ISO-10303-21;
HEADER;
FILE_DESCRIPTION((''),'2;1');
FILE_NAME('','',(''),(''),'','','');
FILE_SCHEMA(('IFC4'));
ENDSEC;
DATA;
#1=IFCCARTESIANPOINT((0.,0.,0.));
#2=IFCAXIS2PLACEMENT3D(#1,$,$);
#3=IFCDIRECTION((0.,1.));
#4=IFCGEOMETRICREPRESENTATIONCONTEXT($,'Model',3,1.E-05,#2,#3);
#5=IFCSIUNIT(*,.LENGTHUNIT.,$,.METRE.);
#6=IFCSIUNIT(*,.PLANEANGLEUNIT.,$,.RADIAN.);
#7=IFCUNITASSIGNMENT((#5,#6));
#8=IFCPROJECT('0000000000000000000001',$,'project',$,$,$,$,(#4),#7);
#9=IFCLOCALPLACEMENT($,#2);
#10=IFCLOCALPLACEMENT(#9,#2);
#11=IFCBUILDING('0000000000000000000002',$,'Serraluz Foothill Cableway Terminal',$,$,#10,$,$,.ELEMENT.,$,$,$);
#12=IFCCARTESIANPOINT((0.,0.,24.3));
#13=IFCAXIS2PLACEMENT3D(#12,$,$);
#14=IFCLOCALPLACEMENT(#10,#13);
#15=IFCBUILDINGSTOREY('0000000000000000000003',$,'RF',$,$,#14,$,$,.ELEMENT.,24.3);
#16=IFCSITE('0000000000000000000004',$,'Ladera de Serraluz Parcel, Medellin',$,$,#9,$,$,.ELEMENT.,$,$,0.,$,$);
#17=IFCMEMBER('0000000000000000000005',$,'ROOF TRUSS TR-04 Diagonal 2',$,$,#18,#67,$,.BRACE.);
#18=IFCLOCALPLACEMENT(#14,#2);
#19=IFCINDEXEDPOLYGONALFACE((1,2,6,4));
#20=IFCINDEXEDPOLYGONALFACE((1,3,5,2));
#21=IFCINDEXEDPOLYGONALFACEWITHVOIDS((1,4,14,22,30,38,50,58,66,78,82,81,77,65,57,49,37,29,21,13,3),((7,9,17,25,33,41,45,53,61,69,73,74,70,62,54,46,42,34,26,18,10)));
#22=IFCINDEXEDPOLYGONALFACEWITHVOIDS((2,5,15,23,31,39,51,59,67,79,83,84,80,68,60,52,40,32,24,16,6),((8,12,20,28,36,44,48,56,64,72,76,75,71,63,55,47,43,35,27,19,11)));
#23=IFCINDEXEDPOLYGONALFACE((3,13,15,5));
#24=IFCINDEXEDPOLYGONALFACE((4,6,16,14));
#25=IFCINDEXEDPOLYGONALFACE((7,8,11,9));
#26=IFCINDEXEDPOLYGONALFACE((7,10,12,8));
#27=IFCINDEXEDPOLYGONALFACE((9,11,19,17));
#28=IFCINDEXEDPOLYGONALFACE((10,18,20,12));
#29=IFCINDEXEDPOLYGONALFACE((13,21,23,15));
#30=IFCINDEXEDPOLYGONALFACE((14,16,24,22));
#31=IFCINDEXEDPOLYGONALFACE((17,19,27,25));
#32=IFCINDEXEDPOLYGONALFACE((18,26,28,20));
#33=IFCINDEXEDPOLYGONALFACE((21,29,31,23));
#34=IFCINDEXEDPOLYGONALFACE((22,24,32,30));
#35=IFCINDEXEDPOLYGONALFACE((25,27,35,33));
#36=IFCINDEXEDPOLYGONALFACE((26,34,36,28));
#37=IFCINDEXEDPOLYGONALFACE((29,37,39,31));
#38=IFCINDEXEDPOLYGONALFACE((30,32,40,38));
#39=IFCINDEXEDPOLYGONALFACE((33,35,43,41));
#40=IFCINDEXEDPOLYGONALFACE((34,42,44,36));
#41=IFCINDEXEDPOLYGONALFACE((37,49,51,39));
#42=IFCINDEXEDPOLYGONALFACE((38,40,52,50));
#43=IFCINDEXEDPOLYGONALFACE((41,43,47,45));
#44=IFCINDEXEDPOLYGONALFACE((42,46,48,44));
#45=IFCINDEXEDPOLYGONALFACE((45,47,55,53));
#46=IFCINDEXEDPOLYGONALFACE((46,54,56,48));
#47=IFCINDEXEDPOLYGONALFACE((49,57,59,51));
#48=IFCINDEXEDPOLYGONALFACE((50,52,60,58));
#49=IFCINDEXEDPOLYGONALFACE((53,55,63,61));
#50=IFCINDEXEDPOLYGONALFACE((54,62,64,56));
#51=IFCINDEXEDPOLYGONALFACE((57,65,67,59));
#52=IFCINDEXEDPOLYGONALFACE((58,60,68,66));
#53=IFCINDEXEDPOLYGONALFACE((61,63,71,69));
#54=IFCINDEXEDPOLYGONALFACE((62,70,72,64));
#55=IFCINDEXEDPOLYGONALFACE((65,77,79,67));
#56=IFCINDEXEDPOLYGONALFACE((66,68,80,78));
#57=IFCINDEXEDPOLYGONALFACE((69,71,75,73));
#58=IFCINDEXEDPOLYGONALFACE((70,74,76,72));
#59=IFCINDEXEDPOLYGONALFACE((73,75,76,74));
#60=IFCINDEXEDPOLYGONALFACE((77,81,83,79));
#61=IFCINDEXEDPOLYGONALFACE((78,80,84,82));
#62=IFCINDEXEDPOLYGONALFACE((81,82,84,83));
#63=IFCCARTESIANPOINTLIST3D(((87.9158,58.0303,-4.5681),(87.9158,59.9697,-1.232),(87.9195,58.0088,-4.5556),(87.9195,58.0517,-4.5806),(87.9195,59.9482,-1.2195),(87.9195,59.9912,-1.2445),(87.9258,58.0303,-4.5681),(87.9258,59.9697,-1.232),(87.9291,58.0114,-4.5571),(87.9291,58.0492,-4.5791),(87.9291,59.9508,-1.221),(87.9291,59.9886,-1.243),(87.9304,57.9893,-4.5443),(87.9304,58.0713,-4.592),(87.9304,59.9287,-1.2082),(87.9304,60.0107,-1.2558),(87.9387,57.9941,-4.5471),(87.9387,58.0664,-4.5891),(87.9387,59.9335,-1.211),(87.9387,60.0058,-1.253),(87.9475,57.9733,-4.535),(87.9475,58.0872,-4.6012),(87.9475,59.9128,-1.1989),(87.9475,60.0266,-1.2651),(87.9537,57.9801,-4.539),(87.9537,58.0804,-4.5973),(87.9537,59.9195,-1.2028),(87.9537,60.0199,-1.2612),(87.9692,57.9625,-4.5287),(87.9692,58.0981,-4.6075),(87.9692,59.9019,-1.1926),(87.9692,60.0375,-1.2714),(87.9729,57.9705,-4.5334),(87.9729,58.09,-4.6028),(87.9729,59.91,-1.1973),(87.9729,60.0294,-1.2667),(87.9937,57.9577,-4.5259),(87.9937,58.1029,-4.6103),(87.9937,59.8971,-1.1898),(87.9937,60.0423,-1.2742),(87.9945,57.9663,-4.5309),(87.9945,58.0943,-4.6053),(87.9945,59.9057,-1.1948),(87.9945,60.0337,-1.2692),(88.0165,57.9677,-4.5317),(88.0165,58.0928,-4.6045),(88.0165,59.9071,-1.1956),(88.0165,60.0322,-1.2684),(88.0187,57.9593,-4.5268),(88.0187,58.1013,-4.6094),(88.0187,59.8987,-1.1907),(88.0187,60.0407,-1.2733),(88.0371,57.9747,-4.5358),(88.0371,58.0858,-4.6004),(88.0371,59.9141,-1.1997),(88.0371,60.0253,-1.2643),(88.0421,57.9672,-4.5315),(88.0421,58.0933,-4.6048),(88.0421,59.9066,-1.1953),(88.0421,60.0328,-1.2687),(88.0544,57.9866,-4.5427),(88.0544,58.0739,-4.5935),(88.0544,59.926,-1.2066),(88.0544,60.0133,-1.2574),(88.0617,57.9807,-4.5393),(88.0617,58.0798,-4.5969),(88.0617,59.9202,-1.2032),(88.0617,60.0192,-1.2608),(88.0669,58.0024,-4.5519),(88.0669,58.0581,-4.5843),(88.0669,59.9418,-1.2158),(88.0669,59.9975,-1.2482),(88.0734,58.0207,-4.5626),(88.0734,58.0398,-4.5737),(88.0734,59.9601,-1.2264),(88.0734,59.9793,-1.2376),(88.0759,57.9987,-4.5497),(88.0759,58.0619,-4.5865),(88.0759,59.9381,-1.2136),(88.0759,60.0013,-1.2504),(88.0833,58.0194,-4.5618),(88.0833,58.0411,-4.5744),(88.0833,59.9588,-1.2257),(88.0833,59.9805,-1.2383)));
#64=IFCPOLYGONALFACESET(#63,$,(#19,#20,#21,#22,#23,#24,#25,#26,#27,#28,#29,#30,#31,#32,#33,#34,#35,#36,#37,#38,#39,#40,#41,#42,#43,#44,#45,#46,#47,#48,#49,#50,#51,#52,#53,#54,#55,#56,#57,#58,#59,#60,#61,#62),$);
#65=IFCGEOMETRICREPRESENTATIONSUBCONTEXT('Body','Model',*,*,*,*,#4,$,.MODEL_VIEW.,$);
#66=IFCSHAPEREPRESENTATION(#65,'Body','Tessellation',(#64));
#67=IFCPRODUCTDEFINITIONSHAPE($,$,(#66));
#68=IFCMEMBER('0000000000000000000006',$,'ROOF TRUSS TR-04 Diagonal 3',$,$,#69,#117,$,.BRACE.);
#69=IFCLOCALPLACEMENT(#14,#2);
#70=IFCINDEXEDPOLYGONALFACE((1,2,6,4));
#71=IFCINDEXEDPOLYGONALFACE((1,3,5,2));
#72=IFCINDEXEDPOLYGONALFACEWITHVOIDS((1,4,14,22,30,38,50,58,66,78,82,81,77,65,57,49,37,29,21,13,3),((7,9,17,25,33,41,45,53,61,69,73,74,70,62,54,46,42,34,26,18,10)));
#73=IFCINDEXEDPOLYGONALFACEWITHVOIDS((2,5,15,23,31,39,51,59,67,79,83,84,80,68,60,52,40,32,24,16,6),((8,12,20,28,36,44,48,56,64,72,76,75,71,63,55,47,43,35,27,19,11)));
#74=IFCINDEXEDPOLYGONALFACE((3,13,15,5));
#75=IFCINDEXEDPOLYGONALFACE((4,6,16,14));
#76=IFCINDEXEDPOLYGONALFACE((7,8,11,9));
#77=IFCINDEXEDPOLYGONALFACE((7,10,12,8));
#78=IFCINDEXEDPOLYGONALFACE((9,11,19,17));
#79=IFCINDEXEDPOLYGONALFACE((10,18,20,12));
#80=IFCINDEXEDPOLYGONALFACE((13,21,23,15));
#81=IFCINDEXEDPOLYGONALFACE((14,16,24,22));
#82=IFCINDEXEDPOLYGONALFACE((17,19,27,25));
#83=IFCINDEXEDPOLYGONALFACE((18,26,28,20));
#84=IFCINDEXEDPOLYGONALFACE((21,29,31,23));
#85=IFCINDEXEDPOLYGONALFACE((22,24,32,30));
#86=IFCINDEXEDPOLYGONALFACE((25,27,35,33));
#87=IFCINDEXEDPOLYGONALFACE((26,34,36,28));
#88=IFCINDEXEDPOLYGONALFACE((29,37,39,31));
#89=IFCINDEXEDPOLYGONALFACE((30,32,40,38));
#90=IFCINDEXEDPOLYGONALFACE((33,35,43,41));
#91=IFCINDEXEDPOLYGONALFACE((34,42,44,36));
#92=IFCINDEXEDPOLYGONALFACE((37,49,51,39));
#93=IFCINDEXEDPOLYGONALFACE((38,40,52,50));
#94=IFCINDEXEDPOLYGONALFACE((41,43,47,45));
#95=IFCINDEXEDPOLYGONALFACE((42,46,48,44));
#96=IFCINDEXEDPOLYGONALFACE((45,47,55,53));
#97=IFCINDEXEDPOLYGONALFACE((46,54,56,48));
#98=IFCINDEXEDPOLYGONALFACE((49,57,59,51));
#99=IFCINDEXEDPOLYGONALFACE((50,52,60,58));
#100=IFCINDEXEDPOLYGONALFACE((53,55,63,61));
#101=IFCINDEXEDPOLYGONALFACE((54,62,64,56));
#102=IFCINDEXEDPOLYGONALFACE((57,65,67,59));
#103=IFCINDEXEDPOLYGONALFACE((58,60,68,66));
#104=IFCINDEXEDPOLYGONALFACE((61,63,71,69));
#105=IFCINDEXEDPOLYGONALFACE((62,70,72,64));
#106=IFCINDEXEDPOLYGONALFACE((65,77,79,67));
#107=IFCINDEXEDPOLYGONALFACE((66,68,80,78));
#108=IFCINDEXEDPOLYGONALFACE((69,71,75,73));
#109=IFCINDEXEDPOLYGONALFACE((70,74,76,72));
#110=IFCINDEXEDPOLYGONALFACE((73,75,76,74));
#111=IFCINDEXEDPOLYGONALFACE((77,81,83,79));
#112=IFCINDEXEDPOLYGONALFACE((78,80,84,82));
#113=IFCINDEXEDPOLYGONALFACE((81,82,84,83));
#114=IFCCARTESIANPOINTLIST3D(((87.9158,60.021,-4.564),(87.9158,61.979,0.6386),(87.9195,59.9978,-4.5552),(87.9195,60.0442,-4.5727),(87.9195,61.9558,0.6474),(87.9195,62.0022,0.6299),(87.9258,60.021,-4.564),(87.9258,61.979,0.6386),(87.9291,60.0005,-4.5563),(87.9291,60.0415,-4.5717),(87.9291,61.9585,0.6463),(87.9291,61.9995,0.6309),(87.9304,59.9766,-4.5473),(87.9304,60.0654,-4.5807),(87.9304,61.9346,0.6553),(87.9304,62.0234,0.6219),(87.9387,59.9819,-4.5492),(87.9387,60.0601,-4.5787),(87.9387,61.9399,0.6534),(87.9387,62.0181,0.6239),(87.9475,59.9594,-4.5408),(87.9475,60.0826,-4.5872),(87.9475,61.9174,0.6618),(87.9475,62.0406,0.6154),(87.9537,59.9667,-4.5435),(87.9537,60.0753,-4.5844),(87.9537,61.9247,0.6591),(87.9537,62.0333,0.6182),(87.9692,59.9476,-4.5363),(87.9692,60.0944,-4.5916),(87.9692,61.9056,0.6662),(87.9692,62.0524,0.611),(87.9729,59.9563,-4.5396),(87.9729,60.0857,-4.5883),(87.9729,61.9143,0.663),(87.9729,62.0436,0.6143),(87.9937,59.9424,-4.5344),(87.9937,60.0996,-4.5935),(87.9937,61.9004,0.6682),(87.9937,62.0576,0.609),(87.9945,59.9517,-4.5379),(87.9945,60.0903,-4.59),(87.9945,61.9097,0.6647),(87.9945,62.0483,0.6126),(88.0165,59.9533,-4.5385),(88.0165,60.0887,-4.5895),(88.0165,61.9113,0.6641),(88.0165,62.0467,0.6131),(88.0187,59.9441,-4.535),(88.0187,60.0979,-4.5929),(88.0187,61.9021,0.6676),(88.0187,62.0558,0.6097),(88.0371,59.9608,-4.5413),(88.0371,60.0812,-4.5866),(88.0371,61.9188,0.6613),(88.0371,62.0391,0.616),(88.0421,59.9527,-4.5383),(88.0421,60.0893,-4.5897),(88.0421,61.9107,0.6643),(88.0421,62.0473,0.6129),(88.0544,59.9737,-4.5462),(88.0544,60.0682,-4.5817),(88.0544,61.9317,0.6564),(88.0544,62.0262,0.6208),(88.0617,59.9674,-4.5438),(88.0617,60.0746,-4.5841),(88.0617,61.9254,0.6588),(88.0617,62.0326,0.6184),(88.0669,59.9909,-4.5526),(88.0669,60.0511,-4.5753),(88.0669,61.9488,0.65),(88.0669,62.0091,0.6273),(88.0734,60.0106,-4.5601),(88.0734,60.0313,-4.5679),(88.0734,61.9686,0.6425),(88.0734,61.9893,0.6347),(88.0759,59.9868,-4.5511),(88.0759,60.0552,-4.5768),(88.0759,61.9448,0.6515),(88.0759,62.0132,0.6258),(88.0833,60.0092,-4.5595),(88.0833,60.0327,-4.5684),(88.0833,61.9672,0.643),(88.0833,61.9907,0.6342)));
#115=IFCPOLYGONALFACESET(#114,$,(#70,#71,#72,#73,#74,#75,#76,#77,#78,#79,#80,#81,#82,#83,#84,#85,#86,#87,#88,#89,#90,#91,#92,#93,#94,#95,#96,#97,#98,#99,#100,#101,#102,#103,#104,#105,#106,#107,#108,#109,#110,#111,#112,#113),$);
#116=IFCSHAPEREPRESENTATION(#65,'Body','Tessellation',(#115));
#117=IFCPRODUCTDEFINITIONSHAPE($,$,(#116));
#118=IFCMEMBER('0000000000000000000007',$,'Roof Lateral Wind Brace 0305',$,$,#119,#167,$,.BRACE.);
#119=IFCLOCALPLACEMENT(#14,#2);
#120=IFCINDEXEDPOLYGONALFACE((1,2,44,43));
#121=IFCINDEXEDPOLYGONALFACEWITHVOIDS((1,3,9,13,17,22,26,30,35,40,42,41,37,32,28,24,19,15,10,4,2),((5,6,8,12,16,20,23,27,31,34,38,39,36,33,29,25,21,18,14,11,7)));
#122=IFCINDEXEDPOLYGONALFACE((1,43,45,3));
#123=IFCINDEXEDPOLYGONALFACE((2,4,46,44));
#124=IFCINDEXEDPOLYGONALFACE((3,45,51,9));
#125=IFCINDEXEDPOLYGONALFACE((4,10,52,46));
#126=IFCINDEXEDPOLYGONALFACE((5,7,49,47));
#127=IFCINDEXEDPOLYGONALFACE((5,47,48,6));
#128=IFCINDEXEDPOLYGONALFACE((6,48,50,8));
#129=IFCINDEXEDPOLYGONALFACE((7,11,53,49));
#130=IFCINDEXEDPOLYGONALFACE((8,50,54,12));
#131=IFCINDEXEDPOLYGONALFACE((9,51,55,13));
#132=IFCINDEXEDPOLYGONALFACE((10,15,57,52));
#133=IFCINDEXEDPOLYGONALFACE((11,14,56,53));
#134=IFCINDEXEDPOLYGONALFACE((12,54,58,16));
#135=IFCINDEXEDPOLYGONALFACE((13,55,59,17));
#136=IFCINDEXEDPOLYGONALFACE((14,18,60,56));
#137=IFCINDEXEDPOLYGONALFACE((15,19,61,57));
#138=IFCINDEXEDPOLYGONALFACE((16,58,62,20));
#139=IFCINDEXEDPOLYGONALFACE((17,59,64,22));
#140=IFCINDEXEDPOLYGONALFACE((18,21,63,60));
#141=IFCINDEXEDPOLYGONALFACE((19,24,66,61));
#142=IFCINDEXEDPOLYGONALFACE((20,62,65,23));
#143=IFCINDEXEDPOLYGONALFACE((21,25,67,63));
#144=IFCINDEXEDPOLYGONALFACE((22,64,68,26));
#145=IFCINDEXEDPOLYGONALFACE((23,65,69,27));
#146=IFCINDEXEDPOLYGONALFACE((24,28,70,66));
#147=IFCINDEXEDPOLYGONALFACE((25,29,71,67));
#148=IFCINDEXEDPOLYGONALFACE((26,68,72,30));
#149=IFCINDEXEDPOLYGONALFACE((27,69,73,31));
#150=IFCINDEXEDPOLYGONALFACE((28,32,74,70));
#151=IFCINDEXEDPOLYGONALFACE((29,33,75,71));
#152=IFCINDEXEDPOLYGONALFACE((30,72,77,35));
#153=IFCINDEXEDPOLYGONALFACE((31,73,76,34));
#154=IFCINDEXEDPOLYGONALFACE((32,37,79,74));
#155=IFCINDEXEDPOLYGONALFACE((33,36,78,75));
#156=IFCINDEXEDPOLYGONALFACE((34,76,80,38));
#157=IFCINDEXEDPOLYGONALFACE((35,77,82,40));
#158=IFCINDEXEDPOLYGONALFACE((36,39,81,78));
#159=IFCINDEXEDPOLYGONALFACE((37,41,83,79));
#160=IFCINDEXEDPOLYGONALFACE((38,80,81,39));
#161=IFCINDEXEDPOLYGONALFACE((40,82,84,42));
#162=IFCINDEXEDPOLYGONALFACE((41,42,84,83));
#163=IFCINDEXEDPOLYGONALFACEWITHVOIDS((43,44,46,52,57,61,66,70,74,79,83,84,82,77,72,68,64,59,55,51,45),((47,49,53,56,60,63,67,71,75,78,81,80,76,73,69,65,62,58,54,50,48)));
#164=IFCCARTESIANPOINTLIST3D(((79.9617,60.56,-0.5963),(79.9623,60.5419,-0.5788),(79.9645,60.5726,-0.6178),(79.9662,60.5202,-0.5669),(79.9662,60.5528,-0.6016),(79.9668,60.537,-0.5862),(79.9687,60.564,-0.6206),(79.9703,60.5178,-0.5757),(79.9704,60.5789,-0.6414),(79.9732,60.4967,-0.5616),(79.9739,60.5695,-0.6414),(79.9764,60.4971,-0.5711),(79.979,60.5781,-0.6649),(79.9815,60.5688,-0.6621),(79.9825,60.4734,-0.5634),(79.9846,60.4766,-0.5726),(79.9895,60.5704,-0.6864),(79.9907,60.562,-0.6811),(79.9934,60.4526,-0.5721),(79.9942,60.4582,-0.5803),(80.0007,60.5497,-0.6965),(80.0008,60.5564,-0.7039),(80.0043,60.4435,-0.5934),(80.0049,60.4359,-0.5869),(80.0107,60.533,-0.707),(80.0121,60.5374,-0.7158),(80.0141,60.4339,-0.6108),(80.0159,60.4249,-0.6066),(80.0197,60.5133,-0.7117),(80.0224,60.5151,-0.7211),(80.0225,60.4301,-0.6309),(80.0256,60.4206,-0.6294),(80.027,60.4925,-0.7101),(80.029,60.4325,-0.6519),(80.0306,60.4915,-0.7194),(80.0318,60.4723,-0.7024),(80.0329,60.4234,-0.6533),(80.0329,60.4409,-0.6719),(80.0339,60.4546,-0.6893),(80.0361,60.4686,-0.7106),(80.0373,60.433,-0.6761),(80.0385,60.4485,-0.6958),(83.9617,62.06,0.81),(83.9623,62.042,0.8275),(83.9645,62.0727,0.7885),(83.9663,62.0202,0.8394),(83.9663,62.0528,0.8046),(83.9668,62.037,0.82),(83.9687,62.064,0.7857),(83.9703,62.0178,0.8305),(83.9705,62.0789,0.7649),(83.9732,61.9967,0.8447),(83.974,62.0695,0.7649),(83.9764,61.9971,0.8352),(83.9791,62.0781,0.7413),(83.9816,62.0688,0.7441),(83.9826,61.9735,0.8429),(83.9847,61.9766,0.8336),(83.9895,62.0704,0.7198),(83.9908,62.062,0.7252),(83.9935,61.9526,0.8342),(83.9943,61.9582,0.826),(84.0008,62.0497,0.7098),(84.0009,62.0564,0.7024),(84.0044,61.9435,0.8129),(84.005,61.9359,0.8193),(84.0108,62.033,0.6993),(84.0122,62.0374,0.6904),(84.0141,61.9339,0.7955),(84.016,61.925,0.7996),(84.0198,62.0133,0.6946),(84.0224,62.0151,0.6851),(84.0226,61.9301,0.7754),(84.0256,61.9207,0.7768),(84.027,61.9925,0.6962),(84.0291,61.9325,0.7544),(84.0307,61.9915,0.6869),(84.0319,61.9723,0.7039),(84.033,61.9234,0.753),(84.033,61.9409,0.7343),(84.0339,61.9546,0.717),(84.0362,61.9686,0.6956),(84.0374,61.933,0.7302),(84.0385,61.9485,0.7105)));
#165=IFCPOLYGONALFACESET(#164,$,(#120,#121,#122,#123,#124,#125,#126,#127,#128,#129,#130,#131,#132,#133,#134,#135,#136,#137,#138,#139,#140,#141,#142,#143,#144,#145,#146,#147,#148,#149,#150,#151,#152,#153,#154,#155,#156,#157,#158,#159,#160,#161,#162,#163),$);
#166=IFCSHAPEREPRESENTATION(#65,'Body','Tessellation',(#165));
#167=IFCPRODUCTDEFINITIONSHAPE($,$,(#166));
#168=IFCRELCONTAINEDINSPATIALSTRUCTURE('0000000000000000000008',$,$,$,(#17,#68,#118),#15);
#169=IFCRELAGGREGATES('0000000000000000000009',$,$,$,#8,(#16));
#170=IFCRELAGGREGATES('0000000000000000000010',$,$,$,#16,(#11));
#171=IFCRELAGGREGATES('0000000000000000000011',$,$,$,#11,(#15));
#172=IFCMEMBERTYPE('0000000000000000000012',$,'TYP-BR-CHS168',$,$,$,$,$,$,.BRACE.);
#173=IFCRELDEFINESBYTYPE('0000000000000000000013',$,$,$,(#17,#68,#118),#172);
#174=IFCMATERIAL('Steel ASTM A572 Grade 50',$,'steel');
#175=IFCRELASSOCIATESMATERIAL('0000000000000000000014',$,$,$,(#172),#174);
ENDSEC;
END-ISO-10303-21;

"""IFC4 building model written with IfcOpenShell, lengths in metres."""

from ifc_helpers import new_model, si_unit, direction, frame, origin, origin_2d, place, context, subcontext, project, spatial, hollow_circle, extrude, material, material_profile, profile_set, type_object, element, save


model = new_model("IFC4")

# Units and contexts
model_context = context("Model", 3, precision=1e-05, world=origin(), true_north=direction((0.0, 1.0)))
body_context = subcontext(model_context, "Body", "Model", "MODEL_VIEW")
ifc_project = project(units=[si_unit("LENGTHUNIT", "METRE"), si_unit("PLANEANGLEUNIT", "RADIAN")], contexts=[model_context])

# Site, building, storey
site_placement = place(None, origin())
site = spatial("IfcSite", under=ifc_project, at=site_placement, Name="Ladera de Serraluz Parcel, Medellin", CompositionType="ELEMENT", RefElevation=0.0)
building_placement = place(site_placement, origin())
building = spatial("IfcBuilding", under=site, at=building_placement, Name="Serraluz Foothill Cableway Terminal", CompositionType="ELEMENT")
storey_placement = place(building_placement, frame((0.0, 0.0, 24.3)))
storey = spatial("IfcBuildingStorey", under=building, at=storey_placement, Name="RF", CompositionType="ELEMENT", Elevation=24.3)

# Members
ifc_material_1 = material(Name="Steel ASTM A572 Grade 50", Category="steel")
ifc_material_profile_1 = material_profile(ifc_material_1, hollow_circle(Radius=0.0842, WallThickness=0.01, at=origin_2d()), Name="CHS168X10")
ifc_profile_set_1 = profile_set([ifc_material_profile_1], Name="Steel ASTM A572 Grade 50")
member_type_1 = type_object("IfcMemberType", Name="TYP-BR-CHS168", PredefinedType="BRACE", material=ifc_profile_set_1)
member_1_placement = place(storey_placement, frame((88.0, 58.0303, -4.5681), z_axis=(0.0, 0.502584, 0.864528), x_axis=(-1.0, 0.0, 0.0)))
element("IfcMember", 1, at=member_1_placement, inside=storey, type_object=member_type_1, Name="ROOF TRUSS TR-04 Diagonal 2", PredefinedType="BRACE", context=body_context, shape_type="SweptSolid", body=[
    extrude(hollow_circle(Radius=0.0842, WallThickness=0.01, at=origin_2d()), origin(), (0.0, 0.0, 1.0), 3.8589),
])
member_2_placement = place(storey_placement, frame((88.0, 60.021, -4.564), z_axis=(0.0, 0.35223, 0.935913), x_axis=(-1.0, 0.0, 0.0)))
element("IfcMember", 2, at=member_2_placement, inside=storey, type_object=member_type_1, Name="ROOF TRUSS TR-04 Diagonal 3", PredefinedType="BRACE", context=body_context, shape_type="SweptSolid", body=[
    extrude(hollow_circle(Radius=0.0842, WallThickness=0.01, at=origin_2d()), origin(), (0.0, 0.0, 1.0), 5.5588),
])
for number, where, z_axis, x_axis, name in (
    (3, (80.0, 60.5, -0.6414), (0.889382, 0.333518, 0.312673), (-0.351123, 0.936329, 0.0), "Roof Lateral Wind Brace 0305"),
):
    element("IfcMember", number, at=place(storey_placement, frame(where, z_axis=z_axis, x_axis=x_axis)), inside=storey, type_object=member_type_1, Name=name, PredefinedType="BRACE", context=body_context, shape_type="SweptSolid", body=[
        extrude(hollow_circle(Radius=0.0842, WallThickness=0.01, at=origin_2d()), origin(), (0.0, 0.0, 1.0), 4.4976),
    ])

save(model, "model.ifc")
